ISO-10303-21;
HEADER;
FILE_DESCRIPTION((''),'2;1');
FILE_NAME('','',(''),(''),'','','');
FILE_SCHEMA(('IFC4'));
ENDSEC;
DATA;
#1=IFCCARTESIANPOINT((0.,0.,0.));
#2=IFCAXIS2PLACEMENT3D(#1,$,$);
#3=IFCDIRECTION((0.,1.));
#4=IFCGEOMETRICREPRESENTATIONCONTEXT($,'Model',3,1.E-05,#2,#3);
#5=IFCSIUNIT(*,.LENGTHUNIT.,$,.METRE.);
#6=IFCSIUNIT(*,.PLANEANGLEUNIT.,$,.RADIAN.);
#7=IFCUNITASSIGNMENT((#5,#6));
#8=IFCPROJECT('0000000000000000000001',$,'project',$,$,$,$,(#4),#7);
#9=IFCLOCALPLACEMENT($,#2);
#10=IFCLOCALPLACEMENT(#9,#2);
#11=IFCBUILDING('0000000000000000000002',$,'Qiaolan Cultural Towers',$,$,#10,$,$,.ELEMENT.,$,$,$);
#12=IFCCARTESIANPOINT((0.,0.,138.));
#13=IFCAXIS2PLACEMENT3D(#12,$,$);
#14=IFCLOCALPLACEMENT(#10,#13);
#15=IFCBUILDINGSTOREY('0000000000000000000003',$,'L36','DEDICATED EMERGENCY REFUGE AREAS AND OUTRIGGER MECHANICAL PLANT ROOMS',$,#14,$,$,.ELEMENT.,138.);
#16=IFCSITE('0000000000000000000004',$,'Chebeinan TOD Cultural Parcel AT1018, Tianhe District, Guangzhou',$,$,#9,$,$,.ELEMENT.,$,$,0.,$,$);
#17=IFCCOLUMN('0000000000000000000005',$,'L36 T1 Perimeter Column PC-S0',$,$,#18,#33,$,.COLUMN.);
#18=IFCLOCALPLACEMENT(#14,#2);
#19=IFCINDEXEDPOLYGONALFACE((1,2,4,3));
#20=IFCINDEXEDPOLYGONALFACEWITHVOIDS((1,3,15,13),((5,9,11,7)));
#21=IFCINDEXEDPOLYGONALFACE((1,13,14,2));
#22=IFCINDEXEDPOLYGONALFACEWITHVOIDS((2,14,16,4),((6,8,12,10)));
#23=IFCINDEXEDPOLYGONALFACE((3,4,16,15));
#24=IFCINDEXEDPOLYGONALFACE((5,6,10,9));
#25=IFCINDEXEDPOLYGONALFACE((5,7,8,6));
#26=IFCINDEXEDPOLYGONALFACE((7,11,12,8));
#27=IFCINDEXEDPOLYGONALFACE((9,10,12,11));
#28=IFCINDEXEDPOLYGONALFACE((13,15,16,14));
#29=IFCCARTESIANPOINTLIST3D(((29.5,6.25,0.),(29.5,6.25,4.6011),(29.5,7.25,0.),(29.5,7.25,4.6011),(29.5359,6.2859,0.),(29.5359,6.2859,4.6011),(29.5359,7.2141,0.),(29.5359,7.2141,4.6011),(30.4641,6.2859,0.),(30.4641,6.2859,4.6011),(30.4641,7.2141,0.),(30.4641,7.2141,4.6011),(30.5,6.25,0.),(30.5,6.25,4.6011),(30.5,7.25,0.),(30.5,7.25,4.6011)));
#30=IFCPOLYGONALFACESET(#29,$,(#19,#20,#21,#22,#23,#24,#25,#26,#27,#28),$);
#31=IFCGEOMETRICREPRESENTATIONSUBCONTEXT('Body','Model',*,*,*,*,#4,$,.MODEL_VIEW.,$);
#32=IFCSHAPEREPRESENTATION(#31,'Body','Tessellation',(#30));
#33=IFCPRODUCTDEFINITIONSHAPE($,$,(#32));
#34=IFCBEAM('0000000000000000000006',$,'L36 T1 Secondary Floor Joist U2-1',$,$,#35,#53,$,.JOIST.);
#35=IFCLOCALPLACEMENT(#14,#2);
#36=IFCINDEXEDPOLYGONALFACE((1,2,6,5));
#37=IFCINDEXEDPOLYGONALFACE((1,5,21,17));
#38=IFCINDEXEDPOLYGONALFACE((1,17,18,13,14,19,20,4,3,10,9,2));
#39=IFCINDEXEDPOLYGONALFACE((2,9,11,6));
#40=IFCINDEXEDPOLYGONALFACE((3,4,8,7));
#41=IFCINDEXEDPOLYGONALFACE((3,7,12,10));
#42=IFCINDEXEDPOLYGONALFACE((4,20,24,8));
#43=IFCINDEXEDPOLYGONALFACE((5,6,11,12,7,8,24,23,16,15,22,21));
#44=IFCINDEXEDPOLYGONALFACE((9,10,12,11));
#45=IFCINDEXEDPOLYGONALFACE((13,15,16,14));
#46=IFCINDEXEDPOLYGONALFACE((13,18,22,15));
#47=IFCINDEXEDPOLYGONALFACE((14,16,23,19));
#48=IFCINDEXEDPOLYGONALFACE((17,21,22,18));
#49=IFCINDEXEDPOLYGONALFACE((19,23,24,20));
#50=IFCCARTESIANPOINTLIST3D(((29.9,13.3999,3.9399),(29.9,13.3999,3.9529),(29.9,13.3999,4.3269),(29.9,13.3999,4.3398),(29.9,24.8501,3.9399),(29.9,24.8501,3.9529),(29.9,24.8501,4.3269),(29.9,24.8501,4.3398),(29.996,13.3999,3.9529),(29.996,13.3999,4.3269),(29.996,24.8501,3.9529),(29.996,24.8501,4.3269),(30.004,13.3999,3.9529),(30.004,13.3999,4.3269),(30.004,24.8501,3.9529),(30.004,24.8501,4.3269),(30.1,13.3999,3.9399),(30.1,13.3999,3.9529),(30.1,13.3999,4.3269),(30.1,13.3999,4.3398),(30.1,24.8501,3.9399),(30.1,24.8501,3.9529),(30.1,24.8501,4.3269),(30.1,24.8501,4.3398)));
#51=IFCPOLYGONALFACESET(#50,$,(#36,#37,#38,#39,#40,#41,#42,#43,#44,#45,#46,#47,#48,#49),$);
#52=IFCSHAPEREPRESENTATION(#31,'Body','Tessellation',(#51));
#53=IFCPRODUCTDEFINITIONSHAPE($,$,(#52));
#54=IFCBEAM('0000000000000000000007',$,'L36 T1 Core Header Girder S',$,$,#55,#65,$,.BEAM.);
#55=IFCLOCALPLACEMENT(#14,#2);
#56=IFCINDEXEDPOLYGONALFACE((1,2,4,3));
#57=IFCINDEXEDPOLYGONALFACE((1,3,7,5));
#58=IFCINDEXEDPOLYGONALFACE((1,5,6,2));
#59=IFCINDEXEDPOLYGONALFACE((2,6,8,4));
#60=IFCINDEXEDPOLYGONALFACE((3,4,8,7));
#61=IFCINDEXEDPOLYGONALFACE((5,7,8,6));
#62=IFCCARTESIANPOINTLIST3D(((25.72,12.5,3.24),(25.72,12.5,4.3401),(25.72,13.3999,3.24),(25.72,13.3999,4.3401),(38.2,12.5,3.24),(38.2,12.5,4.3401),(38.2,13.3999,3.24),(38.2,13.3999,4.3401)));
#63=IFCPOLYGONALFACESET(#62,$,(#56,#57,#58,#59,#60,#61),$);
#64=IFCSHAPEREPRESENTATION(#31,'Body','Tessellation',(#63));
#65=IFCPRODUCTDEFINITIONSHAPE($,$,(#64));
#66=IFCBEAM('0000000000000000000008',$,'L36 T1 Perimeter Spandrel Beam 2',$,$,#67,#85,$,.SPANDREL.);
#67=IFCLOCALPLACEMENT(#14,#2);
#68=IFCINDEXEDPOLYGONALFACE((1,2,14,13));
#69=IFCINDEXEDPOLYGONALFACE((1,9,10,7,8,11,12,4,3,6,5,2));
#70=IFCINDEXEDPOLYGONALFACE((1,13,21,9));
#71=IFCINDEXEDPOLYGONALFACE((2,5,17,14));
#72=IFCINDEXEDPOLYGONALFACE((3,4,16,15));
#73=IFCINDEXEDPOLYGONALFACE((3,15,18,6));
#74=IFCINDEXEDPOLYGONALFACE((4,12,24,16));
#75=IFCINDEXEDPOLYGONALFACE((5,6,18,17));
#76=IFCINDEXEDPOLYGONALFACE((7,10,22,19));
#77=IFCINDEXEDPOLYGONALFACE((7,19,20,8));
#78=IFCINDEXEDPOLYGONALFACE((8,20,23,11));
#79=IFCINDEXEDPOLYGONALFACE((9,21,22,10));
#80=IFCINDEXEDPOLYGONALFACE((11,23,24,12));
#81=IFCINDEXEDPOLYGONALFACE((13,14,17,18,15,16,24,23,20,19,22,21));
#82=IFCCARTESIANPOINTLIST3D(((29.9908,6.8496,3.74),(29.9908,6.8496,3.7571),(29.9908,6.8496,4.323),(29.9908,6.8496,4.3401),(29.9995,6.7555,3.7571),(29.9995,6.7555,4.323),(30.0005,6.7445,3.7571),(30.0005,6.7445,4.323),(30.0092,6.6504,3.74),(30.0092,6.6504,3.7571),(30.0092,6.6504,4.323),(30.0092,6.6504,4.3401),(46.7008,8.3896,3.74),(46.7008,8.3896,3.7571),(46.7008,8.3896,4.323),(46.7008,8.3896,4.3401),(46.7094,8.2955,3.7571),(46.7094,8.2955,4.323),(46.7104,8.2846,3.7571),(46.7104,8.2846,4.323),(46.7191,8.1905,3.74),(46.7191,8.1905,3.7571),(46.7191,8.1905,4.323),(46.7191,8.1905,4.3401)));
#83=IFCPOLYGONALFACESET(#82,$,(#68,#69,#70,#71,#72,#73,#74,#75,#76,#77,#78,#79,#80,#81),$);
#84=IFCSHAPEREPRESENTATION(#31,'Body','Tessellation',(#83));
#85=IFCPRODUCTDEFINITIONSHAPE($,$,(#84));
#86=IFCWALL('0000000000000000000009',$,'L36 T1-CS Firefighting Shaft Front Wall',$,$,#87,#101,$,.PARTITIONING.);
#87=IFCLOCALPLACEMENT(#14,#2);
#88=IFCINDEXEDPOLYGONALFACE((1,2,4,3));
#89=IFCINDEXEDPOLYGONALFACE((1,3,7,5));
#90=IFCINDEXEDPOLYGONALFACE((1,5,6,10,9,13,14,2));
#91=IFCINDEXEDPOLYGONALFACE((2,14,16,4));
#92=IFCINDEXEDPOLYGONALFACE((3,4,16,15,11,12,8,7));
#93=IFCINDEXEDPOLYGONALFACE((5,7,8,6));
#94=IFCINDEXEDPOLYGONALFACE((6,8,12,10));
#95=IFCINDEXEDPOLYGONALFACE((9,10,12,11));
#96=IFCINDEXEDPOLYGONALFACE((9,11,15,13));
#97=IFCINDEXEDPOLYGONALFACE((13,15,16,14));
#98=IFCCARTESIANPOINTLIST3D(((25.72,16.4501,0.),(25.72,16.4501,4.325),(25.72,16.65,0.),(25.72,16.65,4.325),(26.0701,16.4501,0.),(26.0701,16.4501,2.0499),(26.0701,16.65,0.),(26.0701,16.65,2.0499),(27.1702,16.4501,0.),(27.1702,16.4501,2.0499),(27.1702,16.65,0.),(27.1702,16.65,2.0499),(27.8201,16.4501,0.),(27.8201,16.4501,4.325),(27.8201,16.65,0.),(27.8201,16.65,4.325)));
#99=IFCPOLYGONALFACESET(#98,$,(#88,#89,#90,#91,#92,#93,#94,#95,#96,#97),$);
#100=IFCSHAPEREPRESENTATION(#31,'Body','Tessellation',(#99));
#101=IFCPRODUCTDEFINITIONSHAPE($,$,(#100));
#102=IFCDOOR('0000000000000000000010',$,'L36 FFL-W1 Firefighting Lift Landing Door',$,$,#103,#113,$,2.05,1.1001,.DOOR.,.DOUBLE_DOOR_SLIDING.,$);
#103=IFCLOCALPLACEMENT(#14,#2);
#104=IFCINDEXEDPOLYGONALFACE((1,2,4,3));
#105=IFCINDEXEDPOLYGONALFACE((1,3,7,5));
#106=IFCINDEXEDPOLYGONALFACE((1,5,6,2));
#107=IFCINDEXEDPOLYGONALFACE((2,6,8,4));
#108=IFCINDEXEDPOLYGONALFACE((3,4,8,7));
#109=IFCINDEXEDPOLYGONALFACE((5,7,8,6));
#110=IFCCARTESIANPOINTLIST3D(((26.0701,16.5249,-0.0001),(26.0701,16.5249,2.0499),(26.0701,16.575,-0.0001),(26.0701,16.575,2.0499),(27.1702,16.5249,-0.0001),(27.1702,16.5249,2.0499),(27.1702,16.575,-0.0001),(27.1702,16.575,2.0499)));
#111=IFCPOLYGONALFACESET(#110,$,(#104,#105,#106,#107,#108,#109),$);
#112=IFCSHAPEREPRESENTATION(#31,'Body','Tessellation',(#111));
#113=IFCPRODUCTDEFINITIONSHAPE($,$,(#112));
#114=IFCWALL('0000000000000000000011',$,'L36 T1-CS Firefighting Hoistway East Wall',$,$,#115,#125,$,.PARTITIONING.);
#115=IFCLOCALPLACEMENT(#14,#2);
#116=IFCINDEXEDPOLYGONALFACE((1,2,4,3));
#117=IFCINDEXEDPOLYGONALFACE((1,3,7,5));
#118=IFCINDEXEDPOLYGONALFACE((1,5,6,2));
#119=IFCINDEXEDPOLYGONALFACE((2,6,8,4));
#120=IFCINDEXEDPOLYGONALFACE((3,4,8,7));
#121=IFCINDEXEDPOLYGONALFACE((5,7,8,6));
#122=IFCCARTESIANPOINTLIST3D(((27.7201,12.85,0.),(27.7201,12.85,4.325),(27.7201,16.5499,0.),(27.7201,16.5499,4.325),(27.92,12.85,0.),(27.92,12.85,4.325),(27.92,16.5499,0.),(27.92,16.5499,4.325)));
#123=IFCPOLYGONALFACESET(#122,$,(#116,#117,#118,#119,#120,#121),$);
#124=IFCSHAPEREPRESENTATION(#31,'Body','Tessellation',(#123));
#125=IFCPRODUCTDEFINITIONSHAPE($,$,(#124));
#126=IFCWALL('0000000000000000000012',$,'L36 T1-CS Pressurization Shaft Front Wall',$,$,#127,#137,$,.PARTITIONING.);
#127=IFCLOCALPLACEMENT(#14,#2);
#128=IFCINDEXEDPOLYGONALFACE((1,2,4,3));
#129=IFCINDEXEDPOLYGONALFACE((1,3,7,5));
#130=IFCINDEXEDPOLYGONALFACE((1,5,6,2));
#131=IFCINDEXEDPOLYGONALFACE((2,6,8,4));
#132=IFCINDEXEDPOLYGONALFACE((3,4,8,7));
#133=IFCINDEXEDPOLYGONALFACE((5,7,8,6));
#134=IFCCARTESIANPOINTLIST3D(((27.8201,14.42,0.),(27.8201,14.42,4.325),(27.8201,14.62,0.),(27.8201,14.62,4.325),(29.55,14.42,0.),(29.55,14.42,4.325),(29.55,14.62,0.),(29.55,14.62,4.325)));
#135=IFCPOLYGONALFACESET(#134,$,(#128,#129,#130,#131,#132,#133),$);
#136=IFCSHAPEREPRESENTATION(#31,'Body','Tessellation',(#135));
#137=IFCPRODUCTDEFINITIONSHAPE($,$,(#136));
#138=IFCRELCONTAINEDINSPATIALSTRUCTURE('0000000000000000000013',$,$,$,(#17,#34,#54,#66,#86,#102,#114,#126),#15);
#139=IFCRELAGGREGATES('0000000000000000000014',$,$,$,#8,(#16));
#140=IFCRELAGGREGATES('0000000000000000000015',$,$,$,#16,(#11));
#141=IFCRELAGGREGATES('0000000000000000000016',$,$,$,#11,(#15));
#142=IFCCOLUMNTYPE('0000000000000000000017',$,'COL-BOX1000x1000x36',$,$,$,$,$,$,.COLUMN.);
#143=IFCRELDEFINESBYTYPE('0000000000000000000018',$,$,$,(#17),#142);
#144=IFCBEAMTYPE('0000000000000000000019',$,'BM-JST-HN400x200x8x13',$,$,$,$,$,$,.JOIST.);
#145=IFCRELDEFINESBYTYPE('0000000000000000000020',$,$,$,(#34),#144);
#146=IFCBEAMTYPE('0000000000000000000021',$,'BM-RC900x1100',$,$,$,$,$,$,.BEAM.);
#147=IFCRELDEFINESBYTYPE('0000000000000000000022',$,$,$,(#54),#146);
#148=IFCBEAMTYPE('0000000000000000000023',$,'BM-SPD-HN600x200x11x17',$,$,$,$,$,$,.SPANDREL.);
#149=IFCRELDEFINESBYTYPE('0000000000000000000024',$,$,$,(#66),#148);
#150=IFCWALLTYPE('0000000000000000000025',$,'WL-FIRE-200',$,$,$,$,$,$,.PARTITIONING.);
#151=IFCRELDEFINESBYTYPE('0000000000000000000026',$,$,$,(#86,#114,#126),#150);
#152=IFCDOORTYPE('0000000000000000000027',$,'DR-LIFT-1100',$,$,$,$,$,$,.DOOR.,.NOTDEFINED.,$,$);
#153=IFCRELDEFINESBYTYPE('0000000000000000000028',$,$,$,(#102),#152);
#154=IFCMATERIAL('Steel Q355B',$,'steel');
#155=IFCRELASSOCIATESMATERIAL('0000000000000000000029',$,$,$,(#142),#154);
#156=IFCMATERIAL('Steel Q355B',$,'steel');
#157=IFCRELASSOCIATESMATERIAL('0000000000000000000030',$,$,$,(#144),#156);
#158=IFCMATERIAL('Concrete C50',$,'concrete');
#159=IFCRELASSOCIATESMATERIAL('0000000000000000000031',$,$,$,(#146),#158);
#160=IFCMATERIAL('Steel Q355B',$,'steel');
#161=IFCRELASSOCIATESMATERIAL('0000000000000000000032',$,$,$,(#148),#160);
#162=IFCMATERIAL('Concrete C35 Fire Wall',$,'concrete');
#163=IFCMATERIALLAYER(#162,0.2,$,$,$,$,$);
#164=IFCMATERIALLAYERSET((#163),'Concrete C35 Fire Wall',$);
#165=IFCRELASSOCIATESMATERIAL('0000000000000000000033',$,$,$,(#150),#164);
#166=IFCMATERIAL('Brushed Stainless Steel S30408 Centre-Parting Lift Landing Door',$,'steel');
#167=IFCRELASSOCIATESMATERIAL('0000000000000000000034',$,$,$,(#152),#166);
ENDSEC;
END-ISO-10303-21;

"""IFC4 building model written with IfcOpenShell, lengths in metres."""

from ifc_helpers import new_model, si_unit, direction, frame, frame_2d, origin, origin_2d, place, context, subcontext, project, spatial, rectangle, hollow_rectangle, i_section, extrude, material, layer, layer_set, material_profile, profile_set, type_object, element, fill, save


model = new_model("IFC4")

# Units and contexts
model_context = context("Model", 3, precision=1e-05, world=origin(), true_north=direction((0.0, 1.0)))
body_context = subcontext(model_context, "Body", "Model", "MODEL_VIEW")
ifc_project = project(units=[si_unit("LENGTHUNIT", "METRE"), si_unit("PLANEANGLEUNIT", "RADIAN")], contexts=[model_context])

# Site, building, storey
site_placement = place(None, origin())
site = spatial("IfcSite", under=ifc_project, at=site_placement, Name="Chebeinan TOD Cultural Parcel AT1018, Tianhe District, Guangzhou", CompositionType="ELEMENT", RefElevation=0.0)
building_placement = place(site_placement, origin())
building = spatial("IfcBuilding", under=site, at=building_placement, Name="Qiaolan Cultural Towers", CompositionType="ELEMENT")
storey_placement = place(building_placement, frame((0.0, 0.0, 138.0)))
storey = spatial("IfcBuildingStorey", under=building, at=storey_placement, Name="L36", Description="DEDICATED EMERGENCY REFUGE AREAS AND OUTRIGGER MECHANICAL PLANT ROOMS", CompositionType="ELEMENT", Elevation=138.0)

# Column
ifc_material_1 = material(Name="Steel Q355B", Category="steel")
ifc_material_profile_1 = material_profile(ifc_material_1, hollow_rectangle(XDim=1.0, YDim=1.0, WallThickness=0.0359, at=origin_2d()), Name="BOX1000x1000x36")
ifc_profile_set_1 = profile_set([ifc_material_profile_1], Name="Steel Q355B")
column_type = type_object("IfcColumnType", Name="COL-BOX1000x1000x36", PredefinedType="COLUMN", material=ifc_profile_set_1)
column_placement = place(storey_placement, frame((30.0, 6.75, 0.0), z_axis=(0.0, 0.0, 1.0), x_axis=(1.0, 0.0, 0.0)))
element("IfcColumn", 1, at=column_placement, inside=storey, type_object=column_type, Name="L36 T1 Perimeter Column PC-S0", PredefinedType="COLUMN", context=body_context, shape_type="SweptSolid", body=[
    extrude(hollow_rectangle(XDim=1.0, YDim=1.0, WallThickness=0.0359, at=origin_2d()), origin(), (0.0, 0.0, 1.0), 4.6011),
])

# Beams
ifc_material_2 = material(Name="Steel Q355B", Category="steel")
ifc_material_profile_2 = material_profile(ifc_material_2, i_section(OverallWidth=0.2, OverallDepth=0.3999, WebThickness=0.0081, FlangeThickness=0.0129, at=origin_2d()), Name="HN400x200x8x13")
ifc_profile_set_2 = profile_set([ifc_material_profile_2], Name="Steel Q355B")
beam_type_1 = type_object("IfcBeamType", Name="BM-JST-HN400x200x8x13", PredefinedType="JOIST", material=ifc_profile_set_2)
beam_1_placement = place(storey_placement, frame((30.0, 13.3999, 4.1399), z_axis=(0.0, 1.0, 0.0), x_axis=(-1.0, 0.0, 0.0)))
element("IfcBeam", 2, at=beam_1_placement, inside=storey, type_object=beam_type_1, Name="L36 T1 Secondary Floor Joist U2-1", PredefinedType="JOIST", context=body_context, shape_type="SweptSolid", body=[
    extrude(i_section(OverallWidth=0.2, OverallDepth=0.3999, WebThickness=0.0081, FlangeThickness=0.0129, at=origin_2d()), origin(), (0.0, 0.0, 1.0), 11.4502),
])
ifc_material_3 = material(Name="Concrete C50", Category="concrete")
ifc_material_profile_3 = material_profile(ifc_material_3, rectangle(XDim=0.8999, YDim=1.1001, at=origin_2d()), Name="RC900x1100")
ifc_profile_set_3 = profile_set([ifc_material_profile_3], Name="Concrete C50")
beam_type_2 = type_object("IfcBeamType", Name="BM-RC900x1100", PredefinedType="BEAM", material=ifc_profile_set_3)
beam_2_placement = place(storey_placement, frame((25.72, 12.95, 3.79), z_axis=(1.0, 0.0, 0.0), x_axis=(0.0, 1.0, 0.0)))
element("IfcBeam", 3, at=beam_2_placement, inside=storey, type_object=beam_type_2, Name="L36 T1 Core Header Girder S", PredefinedType="BEAM", context=body_context, shape_type="SweptSolid", body=[
    extrude(rectangle(XDim=0.8999, YDim=1.1001, at=origin_2d()), origin(), (0.0, 0.0, 1.0), 12.48),
])
ifc_material_4 = material(Name="Steel Q355B", Category="steel")
ifc_material_profile_4 = material_profile(ifc_material_4, i_section(OverallWidth=0.2, OverallDepth=0.6001, WebThickness=0.011, FlangeThickness=0.0171, at=origin_2d()), Name="HN600x200x11x17")
ifc_profile_set_4 = profile_set([ifc_material_profile_4], Name="Steel Q355B")
beam_type_3 = type_object("IfcBeamType", Name="BM-SPD-HN600x200x11x17", PredefinedType="SPANDREL", material=ifc_profile_set_4)
beam_3_placement = place(storey_placement, frame((30.0, 6.75, 4.04), z_axis=(0.99578, 0.091774, 0.0), x_axis=(-0.091774, 0.99578, 0.0)))
element("IfcBeam", 4, at=beam_3_placement, inside=storey, type_object=beam_type_3, Name="L36 T1 Perimeter Spandrel Beam 2", PredefinedType="SPANDREL", context=body_context, shape_type="SweptSolid", body=[
    extrude(i_section(OverallWidth=0.2, OverallDepth=0.6001, WebThickness=0.011, FlangeThickness=0.0171, at=origin_2d()), origin(), (0.0, 0.0, 1.0), 16.7808),
])

# Wall, opening, door
ifc_material_5 = material(Name="Concrete C35 Fire Wall", Category="concrete")
ifc_layer_1 = layer(ifc_material_5, 0.2)
ifc_layer_set_1 = layer_set([ifc_layer_1], Name="Concrete C35 Fire Wall")
wall_type_1 = type_object("IfcWallType", Name="WL-FIRE-200", PredefinedType="PARTITIONING", material=ifc_layer_set_1)
wall_1_placement = place(storey_placement, frame((25.72, 16.55, 0.0), z_axis=(0.0, 0.0, 1.0), x_axis=(1.0, 0.0, 0.0)))
wall_1 = element("IfcWall", 5, at=wall_1_placement, inside=storey, type_object=wall_type_1, Name="L36 T1-CS Firefighting Shaft Front Wall", PredefinedType="PARTITIONING", context=body_context, shape_type="SweptSolid", body=[
    extrude(rectangle(XDim=2.1001, YDim=0.2, at=frame_2d((1.05, 0.0))), origin(), (0.0, 0.0, 1.0), 4.325),
])
opening_1_placement = place(wall_1_placement, frame((0.3501, 0.0, 0.0)))
opening_1 = element("IfcOpeningElement", 6, at=opening_1_placement, cuts=wall_1, PredefinedType="OPENING", context=body_context, shape_type="SweptSolid", body=[
    extrude(rectangle(XDim=1.1001, YDim=2.05, at=frame_2d((0.55, 1.0249))), frame((0.0, 0.1099, 0.0), z_axis=(0.0, -1.0, 0.0), x_axis=(1.0, 0.0, 0.0)), (0.0, 0.0, 1.0), 0.22),
])
ifc_material_6 = material(Name="Brushed Stainless Steel S30408 Centre-Parting Lift Landing Door", Category="steel")
door_type_1 = type_object("IfcDoorType", Name="DR-LIFT-1100", OperationType="NOTDEFINED", PredefinedType="DOOR", material=ifc_material_6)
door_1_placement = place(opening_1_placement, origin())
door_1 = element("IfcDoor", 7, at=door_1_placement, inside=storey, type_object=door_type_1, Name="L36 FFL-W1 Firefighting Lift Landing Door", OperationType="DOUBLE_DOOR_SLIDING", OverallHeight=2.05, OverallWidth=1.1001, PredefinedType="DOOR", context=body_context, shape_type="SweptSolid", body=[
    extrude(rectangle(XDim=1.1001, YDim=2.05, at=frame_2d((0.55, 1.0249))), frame((0.0, 0.0249, 0.0), z_axis=(0.0, -1.0, 0.0), x_axis=(1.0, 0.0, 0.0)), (0.0, 0.0, 1.0), 0.05),
])
fill(opening_1, door_1)

# Walls
wall_2_placement = place(storey_placement, frame((27.8201, 16.55, 0.0), z_axis=(0.0, 0.0, 1.0), x_axis=(0.0, -1.0, 0.0)))
element("IfcWall", 8, at=wall_2_placement, inside=storey, type_object=wall_type_1, Name="L36 T1-CS Firefighting Hoistway East Wall", PredefinedType="PARTITIONING", context=body_context, shape_type="SweptSolid", body=[
    extrude(rectangle(XDim=3.7, YDim=0.2, at=frame_2d((1.8501, 0.0))), origin(), (0.0, 0.0, 1.0), 4.325),
])
wall_3_placement = place(storey_placement, frame((27.8201, 14.52, 0.0), z_axis=(0.0, 0.0, 1.0), x_axis=(1.0, 0.0, 0.0)))
element("IfcWall", 9, at=wall_3_placement, inside=storey, type_object=wall_type_1, Name="L36 T1-CS Pressurization Shaft Front Wall", PredefinedType="PARTITIONING", context=body_context, shape_type="SweptSolid", body=[
    extrude(rectangle(XDim=1.73, YDim=0.2, at=frame_2d((0.865, 0.0))), origin(), (0.0, 0.0, 1.0), 4.325),
])

save(model, "model.ifc")
